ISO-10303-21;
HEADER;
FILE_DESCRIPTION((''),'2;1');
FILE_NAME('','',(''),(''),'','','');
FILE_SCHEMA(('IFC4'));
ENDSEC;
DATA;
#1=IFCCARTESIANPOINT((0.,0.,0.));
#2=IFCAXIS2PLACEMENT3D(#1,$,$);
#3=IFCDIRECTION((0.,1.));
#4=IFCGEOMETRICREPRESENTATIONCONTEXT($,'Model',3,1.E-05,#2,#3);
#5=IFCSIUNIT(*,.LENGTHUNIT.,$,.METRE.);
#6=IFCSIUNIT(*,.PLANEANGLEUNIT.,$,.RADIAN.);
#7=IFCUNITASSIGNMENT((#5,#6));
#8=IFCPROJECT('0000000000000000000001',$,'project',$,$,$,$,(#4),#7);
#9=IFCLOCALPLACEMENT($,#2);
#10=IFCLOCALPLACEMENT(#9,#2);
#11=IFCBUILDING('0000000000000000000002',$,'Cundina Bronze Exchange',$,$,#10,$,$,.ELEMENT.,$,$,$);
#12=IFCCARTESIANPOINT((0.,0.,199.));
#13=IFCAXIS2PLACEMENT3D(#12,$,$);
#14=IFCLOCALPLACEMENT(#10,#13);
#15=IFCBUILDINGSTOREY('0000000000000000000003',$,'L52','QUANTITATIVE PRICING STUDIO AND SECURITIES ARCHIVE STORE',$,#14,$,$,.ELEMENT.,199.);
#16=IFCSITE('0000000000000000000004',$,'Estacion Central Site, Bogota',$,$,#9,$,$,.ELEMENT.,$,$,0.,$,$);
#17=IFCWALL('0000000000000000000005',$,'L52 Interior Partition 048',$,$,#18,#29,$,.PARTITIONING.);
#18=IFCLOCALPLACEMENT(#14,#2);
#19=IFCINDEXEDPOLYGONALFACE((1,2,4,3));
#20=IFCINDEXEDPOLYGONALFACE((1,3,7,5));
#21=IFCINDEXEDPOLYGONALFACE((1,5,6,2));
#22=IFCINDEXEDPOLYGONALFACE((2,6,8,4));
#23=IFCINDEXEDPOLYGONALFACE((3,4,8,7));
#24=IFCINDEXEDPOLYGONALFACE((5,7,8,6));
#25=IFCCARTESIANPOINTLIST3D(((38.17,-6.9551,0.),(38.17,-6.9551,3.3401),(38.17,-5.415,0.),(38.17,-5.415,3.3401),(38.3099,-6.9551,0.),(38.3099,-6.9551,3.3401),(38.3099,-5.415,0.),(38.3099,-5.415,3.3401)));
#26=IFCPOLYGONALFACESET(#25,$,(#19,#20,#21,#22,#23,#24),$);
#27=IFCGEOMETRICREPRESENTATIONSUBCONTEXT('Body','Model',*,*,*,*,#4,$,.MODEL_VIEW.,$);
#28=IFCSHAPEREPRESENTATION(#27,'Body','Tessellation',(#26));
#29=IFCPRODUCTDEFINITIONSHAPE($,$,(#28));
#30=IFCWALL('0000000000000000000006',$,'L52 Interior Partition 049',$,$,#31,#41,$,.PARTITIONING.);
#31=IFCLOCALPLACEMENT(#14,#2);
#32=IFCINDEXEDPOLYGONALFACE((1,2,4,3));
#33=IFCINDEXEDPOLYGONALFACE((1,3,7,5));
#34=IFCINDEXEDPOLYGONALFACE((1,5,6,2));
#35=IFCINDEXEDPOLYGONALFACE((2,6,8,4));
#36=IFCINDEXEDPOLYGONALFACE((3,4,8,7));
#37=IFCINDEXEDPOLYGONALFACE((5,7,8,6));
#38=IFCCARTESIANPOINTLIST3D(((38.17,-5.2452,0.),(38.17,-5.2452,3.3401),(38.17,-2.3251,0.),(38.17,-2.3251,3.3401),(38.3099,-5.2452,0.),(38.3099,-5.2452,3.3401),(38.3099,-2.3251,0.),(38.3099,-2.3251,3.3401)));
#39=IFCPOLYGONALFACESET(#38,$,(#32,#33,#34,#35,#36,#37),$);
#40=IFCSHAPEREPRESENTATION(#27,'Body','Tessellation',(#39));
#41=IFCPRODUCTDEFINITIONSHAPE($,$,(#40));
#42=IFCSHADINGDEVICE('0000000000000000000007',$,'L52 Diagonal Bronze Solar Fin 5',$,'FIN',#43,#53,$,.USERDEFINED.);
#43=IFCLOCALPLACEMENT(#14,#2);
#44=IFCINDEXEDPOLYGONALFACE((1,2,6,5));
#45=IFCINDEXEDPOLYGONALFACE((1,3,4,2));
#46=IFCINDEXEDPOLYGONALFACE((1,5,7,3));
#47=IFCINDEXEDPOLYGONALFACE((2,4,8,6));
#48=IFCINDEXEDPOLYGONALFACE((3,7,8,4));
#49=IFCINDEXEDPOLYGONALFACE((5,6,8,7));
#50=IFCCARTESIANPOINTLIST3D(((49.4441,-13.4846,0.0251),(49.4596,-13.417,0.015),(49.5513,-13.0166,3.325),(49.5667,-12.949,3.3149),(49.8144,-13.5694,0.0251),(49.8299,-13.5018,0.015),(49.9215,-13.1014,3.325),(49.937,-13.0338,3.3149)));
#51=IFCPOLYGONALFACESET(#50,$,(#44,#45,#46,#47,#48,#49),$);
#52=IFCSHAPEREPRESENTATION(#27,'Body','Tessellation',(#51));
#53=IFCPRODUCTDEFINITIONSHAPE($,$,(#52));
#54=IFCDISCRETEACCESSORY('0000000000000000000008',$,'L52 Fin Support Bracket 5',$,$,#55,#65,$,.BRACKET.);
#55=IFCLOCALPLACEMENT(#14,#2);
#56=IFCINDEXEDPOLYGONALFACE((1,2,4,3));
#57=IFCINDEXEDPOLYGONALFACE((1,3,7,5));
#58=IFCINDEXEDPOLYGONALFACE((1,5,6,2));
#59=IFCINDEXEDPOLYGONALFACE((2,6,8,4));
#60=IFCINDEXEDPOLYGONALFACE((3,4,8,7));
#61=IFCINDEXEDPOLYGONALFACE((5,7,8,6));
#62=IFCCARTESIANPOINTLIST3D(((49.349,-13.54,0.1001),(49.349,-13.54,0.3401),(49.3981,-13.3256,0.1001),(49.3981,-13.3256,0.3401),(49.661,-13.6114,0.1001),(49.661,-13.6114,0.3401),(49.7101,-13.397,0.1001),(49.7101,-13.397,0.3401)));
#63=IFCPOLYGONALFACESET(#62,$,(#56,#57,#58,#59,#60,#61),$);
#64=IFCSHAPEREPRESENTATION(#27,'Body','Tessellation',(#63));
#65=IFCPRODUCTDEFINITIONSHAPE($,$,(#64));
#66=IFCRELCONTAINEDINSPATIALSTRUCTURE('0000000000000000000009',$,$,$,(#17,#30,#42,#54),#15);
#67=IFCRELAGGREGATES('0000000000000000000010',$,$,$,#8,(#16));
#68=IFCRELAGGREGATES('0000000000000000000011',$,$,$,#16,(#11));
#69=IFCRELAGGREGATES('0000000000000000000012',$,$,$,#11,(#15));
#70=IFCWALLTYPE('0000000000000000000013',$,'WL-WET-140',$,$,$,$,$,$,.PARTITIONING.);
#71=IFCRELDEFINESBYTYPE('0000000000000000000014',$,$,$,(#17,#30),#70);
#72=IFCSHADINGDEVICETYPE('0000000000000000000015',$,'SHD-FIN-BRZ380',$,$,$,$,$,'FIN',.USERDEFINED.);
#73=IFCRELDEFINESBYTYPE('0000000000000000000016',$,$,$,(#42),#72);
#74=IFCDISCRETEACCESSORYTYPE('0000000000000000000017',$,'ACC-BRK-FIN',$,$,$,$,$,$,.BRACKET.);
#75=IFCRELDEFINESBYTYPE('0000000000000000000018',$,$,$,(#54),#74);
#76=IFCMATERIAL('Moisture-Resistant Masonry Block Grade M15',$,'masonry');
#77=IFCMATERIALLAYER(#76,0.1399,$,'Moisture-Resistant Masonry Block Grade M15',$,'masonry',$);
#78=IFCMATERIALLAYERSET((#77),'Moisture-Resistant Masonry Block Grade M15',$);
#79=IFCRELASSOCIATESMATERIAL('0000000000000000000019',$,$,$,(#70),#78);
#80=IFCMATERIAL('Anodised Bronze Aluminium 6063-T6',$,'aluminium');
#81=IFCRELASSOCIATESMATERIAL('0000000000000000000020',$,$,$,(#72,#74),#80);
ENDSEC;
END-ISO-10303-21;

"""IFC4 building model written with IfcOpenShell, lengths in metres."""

from ifc_helpers import new_model, si_unit, direction, frame, frame_2d, origin, origin_2d, place, context, subcontext, project, spatial, rectangle, extrude, material, layer, layer_set, material_profile, profile_set, type_object, element, save


model = new_model("IFC4")

# Units and contexts
model_context = context("Model", 3, precision=1e-05, world=origin(), true_north=direction((0.0, 1.0)))
body_context = subcontext(model_context, "Body", "Model", "MODEL_VIEW")
ifc_project = project(units=[si_unit("LENGTHUNIT", "METRE"), si_unit("PLANEANGLEUNIT", "RADIAN")], contexts=[model_context])

# Site, building, storey
site_placement = place(None, origin())
site = spatial("IfcSite", under=ifc_project, at=site_placement, Name="Estacion Central Site, Bogota", CompositionType="ELEMENT", RefElevation=0.0)
building_placement = place(site_placement, origin())
building = spatial("IfcBuilding", under=site, at=building_placement, Name="Cundina Bronze Exchange", CompositionType="ELEMENT")
storey_placement = place(building_placement, frame((0.0, 0.0, 199.0)))
storey = spatial("IfcBuildingStorey", under=building, at=storey_placement, Name="L52", Description="QUANTITATIVE PRICING STUDIO AND SECURITIES ARCHIVE STORE", CompositionType="ELEMENT", Elevation=199.0)

# Shared definitions
ifc_material_1 = material(Name="Anodised Bronze Aluminium 6063-T6", Category="aluminium")

# Walls
ifc_material_2 = material(Name="Moisture-Resistant Masonry Block Grade M15", Category="masonry")
ifc_layer_1 = layer(ifc_material_2, 0.1399, Name="Moisture-Resistant Masonry Block Grade M15", Category="masonry")
ifc_layer_set_1 = layer_set([ifc_layer_1], Name="Moisture-Resistant Masonry Block Grade M15")
wall_type_1 = type_object("IfcWallType", Name="WL-WET-140", PredefinedType="PARTITIONING", material=ifc_layer_set_1)
wall_1_placement = place(storey_placement, frame((38.24, -6.9551, 0.0), z_axis=(0.0, 0.0, 1.0), x_axis=(0.0, 1.0, 0.0)))
element("IfcWall", 1, at=wall_1_placement, inside=storey, type_object=wall_type_1, Name="L52 Interior Partition 048", PredefinedType="PARTITIONING", context=body_context, shape_type="SweptSolid", body=[
    extrude(rectangle(XDim=1.54, YDim=0.1399, at=frame_2d((0.77, 0.0))), origin(), (0.0, 0.0, 1.0), 3.3401),
])
wall_2_placement = place(storey_placement, frame((38.24, -5.2451, 0.0), z_axis=(0.0, 0.0, 1.0), x_axis=(0.0, 1.0, 0.0)))
element("IfcWall", 2, at=wall_2_placement, inside=storey, type_object=wall_type_1, Name="L52 Interior Partition 049", PredefinedType="PARTITIONING", context=body_context, shape_type="SweptSolid", body=[
    extrude(rectangle(XDim=2.9202, YDim=0.1399, at=frame_2d((1.46, 0.0))), origin(), (0.0, 0.0, 1.0), 3.3401),
])

# Shading device
ifc_material_profile_1 = material_profile(ifc_material_1, rectangle(XDim=0.0701, YDim=0.3799, at=origin_2d()), Name="FIN70X380", Category="aluminium")
ifc_profile_set_1 = profile_set([ifc_material_profile_1], Name="Anodised Bronze Aluminium 6063-T6")
shading_device_type = type_object("IfcShadingDeviceType", Name="SHD-FIN-BRZ380", ElementType="FIN", PredefinedType="USERDEFINED", material=ifc_profile_set_1)
shading_device_placement = place(storey_placement, frame((49.637, -13.4932, 0.02), z_axis=(0.032139, 0.140344, 0.989581), x_axis=(-0.220899, -0.964611, 0.143977)))
element("IfcShadingDevice", 3, at=shading_device_placement, inside=storey, type_object=shading_device_type, Name="L52 Diagonal Bronze Solar Fin 5", ObjectType="FIN", PredefinedType="USERDEFINED", context=body_context, shape_type="SweptSolid", body=[
    extrude(rectangle(XDim=0.0701, YDim=0.3799, at=origin_2d()), origin(), (0.0, 0.0, 1.0), 3.3347),
])

# Discrete accessory
discrete_accessory_type = type_object("IfcDiscreteAccessoryType", Name="ACC-BRK-FIN", PredefinedType="BRACKET", material=ifc_material_1)
discrete_accessory_placement = place(storey_placement, frame((49.5295, -13.4685, 0.1001), z_axis=(0.0, 0.0, 1.0), x_axis=(0.223284, 0.974753, 0.0)))
element("IfcDiscreteAccessory", 4, at=discrete_accessory_placement, inside=storey, type_object=discrete_accessory_type, Name="L52 Fin Support Bracket 5", PredefinedType="BRACKET", context=body_context, shape_type="SweptSolid", body=[
    extrude(rectangle(XDim=0.22, YDim=0.3201, at=origin_2d()), origin(), (0.0, 0.0, 1.0), 0.24),
])

save(model, "model.ifc")
